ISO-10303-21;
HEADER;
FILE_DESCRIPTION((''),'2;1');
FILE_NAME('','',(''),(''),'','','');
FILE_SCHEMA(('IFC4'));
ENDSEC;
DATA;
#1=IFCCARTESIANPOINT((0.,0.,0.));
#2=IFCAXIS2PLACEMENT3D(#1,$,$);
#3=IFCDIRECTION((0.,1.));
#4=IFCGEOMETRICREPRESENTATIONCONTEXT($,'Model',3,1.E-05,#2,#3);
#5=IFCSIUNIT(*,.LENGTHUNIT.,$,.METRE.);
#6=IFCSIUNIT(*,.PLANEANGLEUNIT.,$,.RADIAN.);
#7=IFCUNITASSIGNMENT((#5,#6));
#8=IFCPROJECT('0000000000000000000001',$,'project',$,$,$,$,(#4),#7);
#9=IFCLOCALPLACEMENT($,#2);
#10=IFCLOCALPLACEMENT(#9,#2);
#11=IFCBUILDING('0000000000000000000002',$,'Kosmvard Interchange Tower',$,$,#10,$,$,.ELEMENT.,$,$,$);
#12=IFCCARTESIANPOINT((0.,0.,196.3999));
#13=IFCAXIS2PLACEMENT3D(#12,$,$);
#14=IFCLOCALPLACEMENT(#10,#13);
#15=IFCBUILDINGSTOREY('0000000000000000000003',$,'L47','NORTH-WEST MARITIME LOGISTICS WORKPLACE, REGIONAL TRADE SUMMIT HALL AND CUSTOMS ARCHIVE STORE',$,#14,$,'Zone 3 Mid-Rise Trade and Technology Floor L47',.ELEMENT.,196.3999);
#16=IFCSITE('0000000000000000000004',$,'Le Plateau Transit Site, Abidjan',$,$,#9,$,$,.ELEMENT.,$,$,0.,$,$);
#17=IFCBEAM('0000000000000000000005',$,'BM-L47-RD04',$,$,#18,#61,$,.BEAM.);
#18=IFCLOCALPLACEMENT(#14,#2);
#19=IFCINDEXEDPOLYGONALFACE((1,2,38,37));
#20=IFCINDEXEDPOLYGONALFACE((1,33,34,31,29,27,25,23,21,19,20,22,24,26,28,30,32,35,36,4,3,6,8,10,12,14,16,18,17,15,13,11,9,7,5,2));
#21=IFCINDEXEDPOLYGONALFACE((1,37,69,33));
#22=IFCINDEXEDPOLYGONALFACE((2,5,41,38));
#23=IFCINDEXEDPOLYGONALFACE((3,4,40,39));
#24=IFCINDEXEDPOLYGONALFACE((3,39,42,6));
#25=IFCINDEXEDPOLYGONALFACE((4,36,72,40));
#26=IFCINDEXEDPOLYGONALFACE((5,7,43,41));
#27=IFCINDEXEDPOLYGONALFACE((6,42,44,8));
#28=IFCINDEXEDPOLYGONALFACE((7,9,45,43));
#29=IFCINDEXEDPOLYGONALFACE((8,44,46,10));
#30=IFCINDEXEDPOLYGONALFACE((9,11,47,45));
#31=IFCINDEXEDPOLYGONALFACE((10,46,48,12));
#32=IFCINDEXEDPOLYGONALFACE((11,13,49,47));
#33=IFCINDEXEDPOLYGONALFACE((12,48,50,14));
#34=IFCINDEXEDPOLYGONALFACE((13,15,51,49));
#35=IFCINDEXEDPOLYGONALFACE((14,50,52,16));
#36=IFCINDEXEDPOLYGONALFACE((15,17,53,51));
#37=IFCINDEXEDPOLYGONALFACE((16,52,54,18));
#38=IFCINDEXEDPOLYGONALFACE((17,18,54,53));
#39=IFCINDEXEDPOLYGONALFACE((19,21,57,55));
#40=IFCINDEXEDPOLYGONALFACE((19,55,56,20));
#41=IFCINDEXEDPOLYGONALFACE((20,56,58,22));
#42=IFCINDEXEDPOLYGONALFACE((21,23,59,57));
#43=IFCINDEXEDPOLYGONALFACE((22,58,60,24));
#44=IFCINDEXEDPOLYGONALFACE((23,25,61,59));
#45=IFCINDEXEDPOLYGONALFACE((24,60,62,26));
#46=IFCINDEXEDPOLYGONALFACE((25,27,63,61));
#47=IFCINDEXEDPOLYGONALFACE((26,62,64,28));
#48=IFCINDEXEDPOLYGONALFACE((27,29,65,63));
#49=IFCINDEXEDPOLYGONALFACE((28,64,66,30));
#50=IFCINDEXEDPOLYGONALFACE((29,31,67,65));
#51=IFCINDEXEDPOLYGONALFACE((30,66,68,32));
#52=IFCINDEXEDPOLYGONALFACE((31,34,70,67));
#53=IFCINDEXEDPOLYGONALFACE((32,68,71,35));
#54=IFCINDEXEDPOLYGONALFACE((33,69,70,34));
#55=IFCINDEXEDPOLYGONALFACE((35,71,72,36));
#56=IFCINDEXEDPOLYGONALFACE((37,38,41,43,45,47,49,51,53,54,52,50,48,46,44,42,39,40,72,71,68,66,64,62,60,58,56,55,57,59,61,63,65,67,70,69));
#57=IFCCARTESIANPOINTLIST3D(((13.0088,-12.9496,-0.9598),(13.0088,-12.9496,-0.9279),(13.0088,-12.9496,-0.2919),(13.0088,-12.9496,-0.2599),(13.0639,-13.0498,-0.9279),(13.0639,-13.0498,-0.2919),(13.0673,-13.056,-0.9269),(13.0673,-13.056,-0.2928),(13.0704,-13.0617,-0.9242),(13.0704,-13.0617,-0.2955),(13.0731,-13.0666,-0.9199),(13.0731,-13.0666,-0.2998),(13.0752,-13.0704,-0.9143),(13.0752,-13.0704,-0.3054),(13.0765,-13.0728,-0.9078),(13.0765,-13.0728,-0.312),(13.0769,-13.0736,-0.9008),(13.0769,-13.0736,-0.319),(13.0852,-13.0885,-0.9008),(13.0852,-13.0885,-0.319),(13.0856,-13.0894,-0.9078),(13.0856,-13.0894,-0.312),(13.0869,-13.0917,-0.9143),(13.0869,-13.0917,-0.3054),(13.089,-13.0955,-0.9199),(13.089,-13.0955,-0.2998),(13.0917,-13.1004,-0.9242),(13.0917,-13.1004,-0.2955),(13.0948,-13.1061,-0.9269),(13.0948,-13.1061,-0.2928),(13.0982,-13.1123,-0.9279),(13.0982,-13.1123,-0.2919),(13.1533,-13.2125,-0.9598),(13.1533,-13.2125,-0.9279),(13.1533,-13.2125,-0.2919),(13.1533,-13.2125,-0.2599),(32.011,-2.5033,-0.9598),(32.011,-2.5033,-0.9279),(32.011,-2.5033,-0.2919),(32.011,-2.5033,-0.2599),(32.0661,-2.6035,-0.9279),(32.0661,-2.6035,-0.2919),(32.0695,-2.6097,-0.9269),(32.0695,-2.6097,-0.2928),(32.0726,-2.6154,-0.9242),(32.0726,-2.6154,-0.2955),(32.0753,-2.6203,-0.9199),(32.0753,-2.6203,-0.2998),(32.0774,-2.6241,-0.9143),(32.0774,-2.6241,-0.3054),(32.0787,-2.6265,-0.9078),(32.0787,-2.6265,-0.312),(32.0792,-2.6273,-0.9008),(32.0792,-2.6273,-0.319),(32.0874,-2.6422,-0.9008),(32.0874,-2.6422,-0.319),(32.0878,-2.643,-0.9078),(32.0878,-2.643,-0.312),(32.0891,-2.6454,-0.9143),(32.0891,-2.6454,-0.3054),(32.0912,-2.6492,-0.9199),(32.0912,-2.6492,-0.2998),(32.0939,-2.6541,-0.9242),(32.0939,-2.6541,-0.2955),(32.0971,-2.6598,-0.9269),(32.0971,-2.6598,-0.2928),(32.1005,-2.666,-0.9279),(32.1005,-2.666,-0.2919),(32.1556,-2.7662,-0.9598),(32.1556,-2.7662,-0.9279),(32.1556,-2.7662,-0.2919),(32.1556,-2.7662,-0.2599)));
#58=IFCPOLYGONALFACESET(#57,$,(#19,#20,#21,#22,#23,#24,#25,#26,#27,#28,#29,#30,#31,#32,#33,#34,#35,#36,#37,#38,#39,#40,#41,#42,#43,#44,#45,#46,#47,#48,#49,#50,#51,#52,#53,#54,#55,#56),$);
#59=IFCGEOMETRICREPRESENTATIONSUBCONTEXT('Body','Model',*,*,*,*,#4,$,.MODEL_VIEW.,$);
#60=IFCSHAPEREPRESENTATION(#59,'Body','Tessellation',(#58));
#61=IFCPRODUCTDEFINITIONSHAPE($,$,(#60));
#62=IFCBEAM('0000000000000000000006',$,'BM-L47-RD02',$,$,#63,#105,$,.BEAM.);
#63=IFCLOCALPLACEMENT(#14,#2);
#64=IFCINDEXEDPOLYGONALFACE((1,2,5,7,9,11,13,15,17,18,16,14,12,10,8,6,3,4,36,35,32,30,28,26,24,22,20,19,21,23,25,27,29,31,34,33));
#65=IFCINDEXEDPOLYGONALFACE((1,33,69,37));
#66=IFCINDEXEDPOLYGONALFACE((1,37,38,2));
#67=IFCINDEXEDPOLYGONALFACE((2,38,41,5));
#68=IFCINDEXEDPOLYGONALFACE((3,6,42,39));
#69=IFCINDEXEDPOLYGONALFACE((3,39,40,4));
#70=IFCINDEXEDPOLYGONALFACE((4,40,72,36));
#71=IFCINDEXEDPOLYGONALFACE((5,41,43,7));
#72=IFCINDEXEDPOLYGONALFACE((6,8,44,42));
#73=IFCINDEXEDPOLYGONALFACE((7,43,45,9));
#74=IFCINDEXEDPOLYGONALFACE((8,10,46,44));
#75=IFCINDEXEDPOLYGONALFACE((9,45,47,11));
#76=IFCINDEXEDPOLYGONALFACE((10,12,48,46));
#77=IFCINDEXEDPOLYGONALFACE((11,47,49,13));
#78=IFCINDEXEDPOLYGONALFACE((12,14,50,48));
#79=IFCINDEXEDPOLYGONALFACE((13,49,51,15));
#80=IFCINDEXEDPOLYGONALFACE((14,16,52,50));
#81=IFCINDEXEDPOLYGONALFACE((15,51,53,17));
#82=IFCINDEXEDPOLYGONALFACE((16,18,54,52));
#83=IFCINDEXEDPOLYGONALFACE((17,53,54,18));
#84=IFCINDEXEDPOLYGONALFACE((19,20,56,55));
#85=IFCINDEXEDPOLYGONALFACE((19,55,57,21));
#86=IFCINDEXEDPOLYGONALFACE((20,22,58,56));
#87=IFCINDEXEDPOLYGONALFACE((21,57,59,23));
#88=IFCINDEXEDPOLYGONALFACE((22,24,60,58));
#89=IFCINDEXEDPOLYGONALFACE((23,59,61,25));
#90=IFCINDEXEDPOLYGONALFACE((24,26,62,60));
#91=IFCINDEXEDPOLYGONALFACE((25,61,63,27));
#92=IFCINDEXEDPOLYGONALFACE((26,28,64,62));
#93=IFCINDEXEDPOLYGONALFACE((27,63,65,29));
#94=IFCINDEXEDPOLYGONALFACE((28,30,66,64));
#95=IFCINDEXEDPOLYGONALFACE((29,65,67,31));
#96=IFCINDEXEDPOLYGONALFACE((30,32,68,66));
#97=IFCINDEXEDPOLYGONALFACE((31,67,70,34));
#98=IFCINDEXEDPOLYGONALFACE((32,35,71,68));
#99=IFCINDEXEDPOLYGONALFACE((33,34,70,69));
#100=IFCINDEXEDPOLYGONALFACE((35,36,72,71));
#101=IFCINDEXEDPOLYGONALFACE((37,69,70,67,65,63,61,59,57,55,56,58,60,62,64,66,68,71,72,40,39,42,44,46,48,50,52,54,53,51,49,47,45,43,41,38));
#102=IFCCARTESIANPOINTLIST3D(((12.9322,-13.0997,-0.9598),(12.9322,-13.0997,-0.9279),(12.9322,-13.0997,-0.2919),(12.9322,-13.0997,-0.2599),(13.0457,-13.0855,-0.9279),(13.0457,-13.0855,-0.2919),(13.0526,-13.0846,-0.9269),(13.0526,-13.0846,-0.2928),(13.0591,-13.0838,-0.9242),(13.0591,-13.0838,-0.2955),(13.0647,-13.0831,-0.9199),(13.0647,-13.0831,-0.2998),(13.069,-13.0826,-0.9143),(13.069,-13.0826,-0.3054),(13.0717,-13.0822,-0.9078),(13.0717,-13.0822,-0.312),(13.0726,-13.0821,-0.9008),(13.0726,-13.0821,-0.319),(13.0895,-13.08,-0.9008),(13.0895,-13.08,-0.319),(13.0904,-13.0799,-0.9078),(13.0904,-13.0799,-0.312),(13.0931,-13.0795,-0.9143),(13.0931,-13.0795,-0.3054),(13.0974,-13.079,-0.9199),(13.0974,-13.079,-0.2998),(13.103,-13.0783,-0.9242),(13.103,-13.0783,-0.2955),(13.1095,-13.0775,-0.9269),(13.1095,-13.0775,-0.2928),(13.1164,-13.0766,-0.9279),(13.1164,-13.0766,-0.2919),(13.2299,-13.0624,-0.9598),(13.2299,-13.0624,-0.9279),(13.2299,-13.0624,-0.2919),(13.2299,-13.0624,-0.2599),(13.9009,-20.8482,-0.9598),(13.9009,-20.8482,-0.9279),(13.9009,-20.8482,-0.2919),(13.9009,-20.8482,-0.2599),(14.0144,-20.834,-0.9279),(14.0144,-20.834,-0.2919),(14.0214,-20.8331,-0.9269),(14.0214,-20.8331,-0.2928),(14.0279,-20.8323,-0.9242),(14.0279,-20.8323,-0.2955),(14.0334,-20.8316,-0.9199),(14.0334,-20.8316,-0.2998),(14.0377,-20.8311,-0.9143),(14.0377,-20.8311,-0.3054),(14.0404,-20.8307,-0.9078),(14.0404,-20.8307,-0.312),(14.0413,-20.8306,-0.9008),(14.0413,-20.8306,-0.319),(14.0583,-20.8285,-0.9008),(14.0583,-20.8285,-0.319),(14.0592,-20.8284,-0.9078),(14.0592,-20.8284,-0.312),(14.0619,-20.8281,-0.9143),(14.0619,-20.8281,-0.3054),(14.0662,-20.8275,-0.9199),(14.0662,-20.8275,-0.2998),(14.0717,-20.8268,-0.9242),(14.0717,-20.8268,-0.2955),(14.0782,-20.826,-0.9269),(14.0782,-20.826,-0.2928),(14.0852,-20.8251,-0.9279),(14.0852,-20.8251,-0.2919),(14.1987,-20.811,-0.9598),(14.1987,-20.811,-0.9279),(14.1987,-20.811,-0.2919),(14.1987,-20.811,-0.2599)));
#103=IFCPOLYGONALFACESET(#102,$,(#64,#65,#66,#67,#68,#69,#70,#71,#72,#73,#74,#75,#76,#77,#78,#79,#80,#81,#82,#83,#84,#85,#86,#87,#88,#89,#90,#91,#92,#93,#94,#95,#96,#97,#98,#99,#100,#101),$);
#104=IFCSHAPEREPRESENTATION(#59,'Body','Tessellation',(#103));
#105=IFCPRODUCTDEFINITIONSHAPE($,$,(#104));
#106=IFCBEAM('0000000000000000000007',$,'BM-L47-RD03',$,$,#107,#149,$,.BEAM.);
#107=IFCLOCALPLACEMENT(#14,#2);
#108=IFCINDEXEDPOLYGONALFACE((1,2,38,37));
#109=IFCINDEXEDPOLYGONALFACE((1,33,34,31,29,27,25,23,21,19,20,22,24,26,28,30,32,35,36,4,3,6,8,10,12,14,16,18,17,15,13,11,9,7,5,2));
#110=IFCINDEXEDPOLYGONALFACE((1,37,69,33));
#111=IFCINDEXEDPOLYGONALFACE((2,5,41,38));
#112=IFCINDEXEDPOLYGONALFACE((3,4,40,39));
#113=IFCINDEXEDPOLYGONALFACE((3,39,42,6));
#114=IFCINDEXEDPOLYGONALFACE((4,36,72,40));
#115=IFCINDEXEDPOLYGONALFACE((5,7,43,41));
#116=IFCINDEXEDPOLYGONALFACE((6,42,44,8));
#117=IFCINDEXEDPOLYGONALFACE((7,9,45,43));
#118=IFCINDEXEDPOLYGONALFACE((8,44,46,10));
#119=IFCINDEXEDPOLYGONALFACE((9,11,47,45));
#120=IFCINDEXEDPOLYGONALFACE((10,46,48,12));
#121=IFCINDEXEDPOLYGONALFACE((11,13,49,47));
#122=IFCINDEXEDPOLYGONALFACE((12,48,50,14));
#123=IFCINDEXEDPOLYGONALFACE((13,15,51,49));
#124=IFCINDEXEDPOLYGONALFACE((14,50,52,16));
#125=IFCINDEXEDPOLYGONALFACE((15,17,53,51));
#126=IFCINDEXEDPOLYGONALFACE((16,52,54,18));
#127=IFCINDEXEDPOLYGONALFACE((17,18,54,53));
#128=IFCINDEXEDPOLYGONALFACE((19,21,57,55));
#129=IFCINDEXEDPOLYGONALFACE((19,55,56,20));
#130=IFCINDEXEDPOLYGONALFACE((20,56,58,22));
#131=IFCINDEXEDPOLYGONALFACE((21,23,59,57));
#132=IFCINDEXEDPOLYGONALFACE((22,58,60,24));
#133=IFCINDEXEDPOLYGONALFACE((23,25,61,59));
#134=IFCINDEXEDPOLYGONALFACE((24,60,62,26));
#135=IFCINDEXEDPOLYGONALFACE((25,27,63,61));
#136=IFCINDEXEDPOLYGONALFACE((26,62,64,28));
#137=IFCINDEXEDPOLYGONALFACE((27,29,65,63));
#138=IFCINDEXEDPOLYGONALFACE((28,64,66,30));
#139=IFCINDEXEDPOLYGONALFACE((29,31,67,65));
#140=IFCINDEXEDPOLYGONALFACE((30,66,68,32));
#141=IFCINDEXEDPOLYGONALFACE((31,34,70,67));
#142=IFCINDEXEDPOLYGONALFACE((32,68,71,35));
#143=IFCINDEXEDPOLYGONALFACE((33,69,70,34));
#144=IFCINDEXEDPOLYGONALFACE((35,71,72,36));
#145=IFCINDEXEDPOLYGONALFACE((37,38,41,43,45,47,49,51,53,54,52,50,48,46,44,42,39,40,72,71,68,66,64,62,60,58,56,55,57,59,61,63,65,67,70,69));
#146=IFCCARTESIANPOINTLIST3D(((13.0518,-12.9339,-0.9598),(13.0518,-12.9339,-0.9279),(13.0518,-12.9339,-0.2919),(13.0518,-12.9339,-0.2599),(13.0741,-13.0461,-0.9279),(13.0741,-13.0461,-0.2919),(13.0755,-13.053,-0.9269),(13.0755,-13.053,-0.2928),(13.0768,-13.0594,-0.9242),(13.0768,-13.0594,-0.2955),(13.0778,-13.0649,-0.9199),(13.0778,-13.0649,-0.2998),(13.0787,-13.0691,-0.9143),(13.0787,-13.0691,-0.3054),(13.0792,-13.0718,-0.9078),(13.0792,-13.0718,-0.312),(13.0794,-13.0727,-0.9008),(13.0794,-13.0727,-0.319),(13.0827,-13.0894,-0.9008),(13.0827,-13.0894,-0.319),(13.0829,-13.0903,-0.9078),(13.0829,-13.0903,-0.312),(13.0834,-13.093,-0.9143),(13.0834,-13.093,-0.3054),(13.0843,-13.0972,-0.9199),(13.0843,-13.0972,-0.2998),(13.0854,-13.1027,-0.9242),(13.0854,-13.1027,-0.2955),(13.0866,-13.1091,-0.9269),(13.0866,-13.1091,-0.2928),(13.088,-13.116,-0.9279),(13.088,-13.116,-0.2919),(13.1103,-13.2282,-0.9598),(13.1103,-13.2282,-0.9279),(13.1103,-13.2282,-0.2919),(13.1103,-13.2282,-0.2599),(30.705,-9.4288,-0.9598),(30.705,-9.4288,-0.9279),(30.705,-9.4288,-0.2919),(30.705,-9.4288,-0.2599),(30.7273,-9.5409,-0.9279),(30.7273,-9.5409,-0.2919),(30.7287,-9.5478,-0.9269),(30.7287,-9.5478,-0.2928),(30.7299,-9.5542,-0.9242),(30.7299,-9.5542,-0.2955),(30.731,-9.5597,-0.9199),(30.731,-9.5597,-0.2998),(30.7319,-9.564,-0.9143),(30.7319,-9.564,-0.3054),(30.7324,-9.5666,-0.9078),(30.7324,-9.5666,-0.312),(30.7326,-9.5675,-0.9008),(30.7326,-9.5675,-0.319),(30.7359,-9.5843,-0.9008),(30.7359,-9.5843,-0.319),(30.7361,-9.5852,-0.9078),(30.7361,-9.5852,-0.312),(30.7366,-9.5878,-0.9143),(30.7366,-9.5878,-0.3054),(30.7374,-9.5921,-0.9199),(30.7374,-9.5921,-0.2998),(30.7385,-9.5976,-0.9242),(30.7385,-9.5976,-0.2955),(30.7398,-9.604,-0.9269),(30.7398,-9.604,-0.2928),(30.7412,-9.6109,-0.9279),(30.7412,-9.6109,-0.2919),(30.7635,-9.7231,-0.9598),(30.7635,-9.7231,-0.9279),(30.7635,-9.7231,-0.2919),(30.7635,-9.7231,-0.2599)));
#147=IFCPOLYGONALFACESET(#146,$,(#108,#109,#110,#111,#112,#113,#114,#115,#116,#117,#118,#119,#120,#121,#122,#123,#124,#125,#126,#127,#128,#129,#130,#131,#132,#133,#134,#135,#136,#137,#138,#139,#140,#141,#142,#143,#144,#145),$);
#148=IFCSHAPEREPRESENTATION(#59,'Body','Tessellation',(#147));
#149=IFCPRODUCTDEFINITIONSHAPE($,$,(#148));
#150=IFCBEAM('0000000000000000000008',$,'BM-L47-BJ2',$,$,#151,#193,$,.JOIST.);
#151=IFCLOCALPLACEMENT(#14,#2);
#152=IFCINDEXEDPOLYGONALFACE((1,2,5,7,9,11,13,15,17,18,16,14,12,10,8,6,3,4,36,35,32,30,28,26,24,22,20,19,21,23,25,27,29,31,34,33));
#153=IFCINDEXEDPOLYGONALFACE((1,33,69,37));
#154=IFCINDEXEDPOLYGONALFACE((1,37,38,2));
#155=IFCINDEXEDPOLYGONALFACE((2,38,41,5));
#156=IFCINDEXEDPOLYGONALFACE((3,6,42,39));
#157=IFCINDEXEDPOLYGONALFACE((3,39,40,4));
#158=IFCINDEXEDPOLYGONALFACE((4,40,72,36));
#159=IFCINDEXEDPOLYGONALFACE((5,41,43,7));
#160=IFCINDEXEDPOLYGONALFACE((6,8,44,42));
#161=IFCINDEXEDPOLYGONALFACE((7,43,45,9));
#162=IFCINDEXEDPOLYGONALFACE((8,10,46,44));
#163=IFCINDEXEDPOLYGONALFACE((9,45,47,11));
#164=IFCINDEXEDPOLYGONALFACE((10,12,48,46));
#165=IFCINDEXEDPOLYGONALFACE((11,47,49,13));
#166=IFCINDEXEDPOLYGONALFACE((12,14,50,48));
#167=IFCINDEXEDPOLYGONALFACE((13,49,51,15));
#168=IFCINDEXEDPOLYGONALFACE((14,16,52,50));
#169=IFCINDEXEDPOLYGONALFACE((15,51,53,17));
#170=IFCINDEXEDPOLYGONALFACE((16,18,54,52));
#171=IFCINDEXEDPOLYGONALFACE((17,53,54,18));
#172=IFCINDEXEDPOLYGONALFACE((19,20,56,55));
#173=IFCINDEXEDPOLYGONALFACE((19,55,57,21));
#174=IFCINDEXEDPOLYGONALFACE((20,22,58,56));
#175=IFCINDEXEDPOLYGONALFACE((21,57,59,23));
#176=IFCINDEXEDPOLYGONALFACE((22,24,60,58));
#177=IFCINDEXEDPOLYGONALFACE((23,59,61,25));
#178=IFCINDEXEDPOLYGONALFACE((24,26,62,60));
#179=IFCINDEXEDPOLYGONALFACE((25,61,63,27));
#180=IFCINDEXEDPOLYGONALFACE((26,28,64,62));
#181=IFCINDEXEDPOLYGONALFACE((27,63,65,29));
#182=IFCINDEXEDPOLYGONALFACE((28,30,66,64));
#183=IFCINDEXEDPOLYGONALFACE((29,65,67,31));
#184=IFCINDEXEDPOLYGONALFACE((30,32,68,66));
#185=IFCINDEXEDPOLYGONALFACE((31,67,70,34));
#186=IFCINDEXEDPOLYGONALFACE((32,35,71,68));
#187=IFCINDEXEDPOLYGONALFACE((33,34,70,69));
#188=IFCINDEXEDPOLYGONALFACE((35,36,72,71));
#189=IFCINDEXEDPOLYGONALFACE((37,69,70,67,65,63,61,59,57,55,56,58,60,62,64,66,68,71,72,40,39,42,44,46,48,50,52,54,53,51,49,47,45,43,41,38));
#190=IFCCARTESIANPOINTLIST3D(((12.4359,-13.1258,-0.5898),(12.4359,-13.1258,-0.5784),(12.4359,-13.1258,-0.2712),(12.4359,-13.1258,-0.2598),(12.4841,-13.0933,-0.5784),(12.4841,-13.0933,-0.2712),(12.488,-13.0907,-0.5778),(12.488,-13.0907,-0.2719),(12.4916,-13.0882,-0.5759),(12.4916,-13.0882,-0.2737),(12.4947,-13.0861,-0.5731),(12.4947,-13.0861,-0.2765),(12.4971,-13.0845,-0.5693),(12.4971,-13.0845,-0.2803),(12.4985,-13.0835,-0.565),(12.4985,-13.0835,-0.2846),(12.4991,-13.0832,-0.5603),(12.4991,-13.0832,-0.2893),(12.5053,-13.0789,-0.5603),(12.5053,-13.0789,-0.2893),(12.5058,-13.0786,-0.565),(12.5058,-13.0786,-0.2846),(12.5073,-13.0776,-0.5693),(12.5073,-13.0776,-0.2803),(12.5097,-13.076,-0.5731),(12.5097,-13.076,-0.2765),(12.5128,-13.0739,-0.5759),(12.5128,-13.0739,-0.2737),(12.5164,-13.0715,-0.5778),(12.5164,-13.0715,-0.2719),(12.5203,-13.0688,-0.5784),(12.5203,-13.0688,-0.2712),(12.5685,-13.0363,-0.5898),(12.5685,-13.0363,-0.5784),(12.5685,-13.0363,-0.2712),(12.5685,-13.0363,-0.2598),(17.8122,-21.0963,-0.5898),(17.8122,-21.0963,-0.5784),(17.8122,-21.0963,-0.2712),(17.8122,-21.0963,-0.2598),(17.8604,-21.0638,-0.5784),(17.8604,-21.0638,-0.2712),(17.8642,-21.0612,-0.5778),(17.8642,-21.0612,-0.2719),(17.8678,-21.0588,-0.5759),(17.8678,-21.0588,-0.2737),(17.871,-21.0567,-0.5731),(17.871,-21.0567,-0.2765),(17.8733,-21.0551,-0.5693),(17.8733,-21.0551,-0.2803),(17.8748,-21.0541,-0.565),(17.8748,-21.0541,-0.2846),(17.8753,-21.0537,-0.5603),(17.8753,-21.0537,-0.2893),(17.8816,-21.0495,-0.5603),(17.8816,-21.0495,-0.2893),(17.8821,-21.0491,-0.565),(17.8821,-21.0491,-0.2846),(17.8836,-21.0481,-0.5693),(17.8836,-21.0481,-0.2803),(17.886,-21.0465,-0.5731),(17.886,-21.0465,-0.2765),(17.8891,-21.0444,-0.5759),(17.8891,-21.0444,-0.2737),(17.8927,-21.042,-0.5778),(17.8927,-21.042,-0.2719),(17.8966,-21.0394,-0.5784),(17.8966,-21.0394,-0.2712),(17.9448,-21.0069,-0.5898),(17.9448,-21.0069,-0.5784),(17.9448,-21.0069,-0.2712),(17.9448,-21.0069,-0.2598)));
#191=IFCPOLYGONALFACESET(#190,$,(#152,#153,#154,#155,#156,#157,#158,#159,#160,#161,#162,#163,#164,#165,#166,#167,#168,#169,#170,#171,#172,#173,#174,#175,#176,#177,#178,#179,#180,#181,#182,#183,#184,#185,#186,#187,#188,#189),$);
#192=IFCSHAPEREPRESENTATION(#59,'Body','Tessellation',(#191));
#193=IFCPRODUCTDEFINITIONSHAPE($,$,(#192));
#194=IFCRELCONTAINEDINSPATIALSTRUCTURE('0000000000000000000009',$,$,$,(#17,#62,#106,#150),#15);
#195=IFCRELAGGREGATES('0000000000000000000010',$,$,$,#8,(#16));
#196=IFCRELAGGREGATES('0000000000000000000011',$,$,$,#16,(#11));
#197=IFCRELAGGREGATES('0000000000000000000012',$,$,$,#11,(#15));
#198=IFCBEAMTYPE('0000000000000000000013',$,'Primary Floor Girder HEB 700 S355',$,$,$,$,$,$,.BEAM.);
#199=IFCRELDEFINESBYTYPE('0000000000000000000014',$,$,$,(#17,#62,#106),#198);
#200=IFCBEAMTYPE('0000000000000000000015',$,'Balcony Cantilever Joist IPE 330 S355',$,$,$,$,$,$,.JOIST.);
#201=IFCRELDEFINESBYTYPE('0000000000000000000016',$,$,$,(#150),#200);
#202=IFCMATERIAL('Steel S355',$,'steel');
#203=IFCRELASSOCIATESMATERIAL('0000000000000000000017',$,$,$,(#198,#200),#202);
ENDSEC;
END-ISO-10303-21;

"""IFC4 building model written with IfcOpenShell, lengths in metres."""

from ifc_helpers import new_model, si_unit, direction, frame, origin, origin_2d, place, context, subcontext, project, spatial, i_section, extrude, source, transform, mapped, material, material_profile, profile_set, type_object, element, save


model = new_model("IFC4")

# Units and contexts
model_context = context("Model", 3, precision=1e-05, world=origin(), true_north=direction((0.0, 1.0)))
body_context = subcontext(model_context, "Body", "Model", "MODEL_VIEW")
ifc_project = project(units=[si_unit("LENGTHUNIT", "METRE"), si_unit("PLANEANGLEUNIT", "RADIAN")], contexts=[model_context])

# Site, building, storey
site_placement = place(None, origin())
site = spatial("IfcSite", under=ifc_project, at=site_placement, Name="Le Plateau Transit Site, Abidjan", CompositionType="ELEMENT", RefElevation=0.0)
building_placement = place(site_placement, origin())
building = spatial("IfcBuilding", under=site, at=building_placement, Name="Kosmvard Interchange Tower", CompositionType="ELEMENT")
storey_placement = place(building_placement, frame((0.0, 0.0, 196.3999)))
storey = spatial("IfcBuildingStorey", under=building, at=storey_placement, Name="L47", Description="NORTH-WEST MARITIME LOGISTICS WORKPLACE, REGIONAL TRADE SUMMIT HALL AND CUSTOMS ARCHIVE STORE", LongName="Zone 3 Mid-Rise Trade and Technology Floor L47", CompositionType="ELEMENT", Elevation=196.3999)

# Beams
ifc_material_1 = material(Name="Steel S355", Category="steel")
ifc_material_profile_1 = material_profile(ifc_material_1, i_section(OverallWidth=0.3, OverallDepth=0.7, WebThickness=0.0171, FlangeThickness=0.032, FilletRadius=0.0271, at=origin_2d()), Name="HEB 700")
ifc_profile_set_1 = profile_set([ifc_material_profile_1], Name="Steel S355")
beam_type_1 = type_object("IfcBeamType", Name="Primary Floor Girder HEB 700 S355", PredefinedType="BEAM", material=ifc_profile_set_1)
shared_shape_1 = source(origin(), body_context, "Body", "SweptSolid", [
    extrude(i_section(OverallWidth=0.3, OverallDepth=0.7, WebThickness=0.0171, FlangeThickness=0.032, FilletRadius=0.0271, at=origin_2d()), origin(), (0.0, 0.0, 1.0), 21.6843),
])
beam_1_placement = place(storey_placement, frame((13.0811, -13.0811, -0.6099), z_axis=(0.876312, 0.481745, 0.0), x_axis=(-0.481745, 0.876312, 0.0)))
element("IfcBeam", 1, at=beam_1_placement, inside=storey, type_object=beam_type_1, Name="BM-L47-RD04", PredefinedType="BEAM", context=body_context, shape_type="MappedRepresentation", body=[
    mapped(shared_shape_1, transform((0.0, 0.0, 0.0), scale=1.0)),
])
shared_shape_2 = source(origin(), body_context, "Body", "SweptSolid", [
    extrude(i_section(OverallWidth=0.3, OverallDepth=0.7, WebThickness=0.0171, FlangeThickness=0.032, FilletRadius=0.0271, at=origin_2d()), origin(), (0.0, 0.0, 1.0), 7.8088),
])
beam_2_placement = place(storey_placement, frame((13.0811, -13.0811, -0.6099), z_axis=(0.124058, -0.992275, 0.0), x_axis=(0.992275, 0.124058, 0.0)))
element("IfcBeam", 2, at=beam_2_placement, inside=storey, type_object=beam_type_1, Name="BM-L47-RD02", PredefinedType="BEAM", context=body_context, shape_type="MappedRepresentation", body=[
    mapped(shared_shape_2, transform((0.0, 0.0, 0.0), scale=1.0)),
])
shared_shape_3 = source(origin(), body_context, "Body", "SweptSolid", [
    extrude(i_section(OverallWidth=0.3, OverallDepth=0.7, WebThickness=0.0171, FlangeThickness=0.032, FilletRadius=0.0271, at=origin_2d()), origin(), (0.0, 0.0, 1.0), 17.9978),
])
beam_3_placement = place(storey_placement, frame((13.0811, -13.0811, -0.6099), z_axis=(0.980852, 0.194754, 0.0), x_axis=(-0.194754, 0.980852, 0.0)))
element("IfcBeam", 3, at=beam_3_placement, inside=storey, type_object=beam_type_1, Name="BM-L47-RD03", PredefinedType="BEAM", context=body_context, shape_type="MappedRepresentation", body=[
    mapped(shared_shape_3, transform((0.0, 0.0, 0.0), scale=1.0)),
])
ifc_material_profile_2 = material_profile(ifc_material_1, i_section(OverallWidth=0.1599, OverallDepth=0.3301, WebThickness=0.0076, FlangeThickness=0.0115, FilletRadius=0.0181, at=origin_2d()), Name="IPE 330")
ifc_profile_set_2 = profile_set([ifc_material_profile_2], Name="Steel S355")
beam_type_2 = type_object("IfcBeamType", Name="Balcony Cantilever Joist IPE 330 S355", PredefinedType="JOIST", material=ifc_profile_set_2)
shared_shape_4 = source(origin(), body_context, "Body", "SweptSolid", [
    extrude(i_section(OverallWidth=0.1599, OverallDepth=0.3301, WebThickness=0.0076, FlangeThickness=0.0115, FilletRadius=0.0181, at=origin_2d()), origin(), (0.0, 0.0, 1.0), 9.6143),
])
beam_4_placement = place(storey_placement, frame((12.5022, -13.0811, -0.4248), z_axis=(0.559198, -0.829034, 0.0), x_axis=(0.829034, 0.559198, 0.0)))
element("IfcBeam", 4, at=beam_4_placement, inside=storey, type_object=beam_type_2, Name="BM-L47-BJ2", PredefinedType="JOIST", context=body_context, shape_type="MappedRepresentation", body=[
    mapped(shared_shape_4, transform((0.0, 0.0, 0.0), scale=1.0)),
])

save(model, "model.ifc")
